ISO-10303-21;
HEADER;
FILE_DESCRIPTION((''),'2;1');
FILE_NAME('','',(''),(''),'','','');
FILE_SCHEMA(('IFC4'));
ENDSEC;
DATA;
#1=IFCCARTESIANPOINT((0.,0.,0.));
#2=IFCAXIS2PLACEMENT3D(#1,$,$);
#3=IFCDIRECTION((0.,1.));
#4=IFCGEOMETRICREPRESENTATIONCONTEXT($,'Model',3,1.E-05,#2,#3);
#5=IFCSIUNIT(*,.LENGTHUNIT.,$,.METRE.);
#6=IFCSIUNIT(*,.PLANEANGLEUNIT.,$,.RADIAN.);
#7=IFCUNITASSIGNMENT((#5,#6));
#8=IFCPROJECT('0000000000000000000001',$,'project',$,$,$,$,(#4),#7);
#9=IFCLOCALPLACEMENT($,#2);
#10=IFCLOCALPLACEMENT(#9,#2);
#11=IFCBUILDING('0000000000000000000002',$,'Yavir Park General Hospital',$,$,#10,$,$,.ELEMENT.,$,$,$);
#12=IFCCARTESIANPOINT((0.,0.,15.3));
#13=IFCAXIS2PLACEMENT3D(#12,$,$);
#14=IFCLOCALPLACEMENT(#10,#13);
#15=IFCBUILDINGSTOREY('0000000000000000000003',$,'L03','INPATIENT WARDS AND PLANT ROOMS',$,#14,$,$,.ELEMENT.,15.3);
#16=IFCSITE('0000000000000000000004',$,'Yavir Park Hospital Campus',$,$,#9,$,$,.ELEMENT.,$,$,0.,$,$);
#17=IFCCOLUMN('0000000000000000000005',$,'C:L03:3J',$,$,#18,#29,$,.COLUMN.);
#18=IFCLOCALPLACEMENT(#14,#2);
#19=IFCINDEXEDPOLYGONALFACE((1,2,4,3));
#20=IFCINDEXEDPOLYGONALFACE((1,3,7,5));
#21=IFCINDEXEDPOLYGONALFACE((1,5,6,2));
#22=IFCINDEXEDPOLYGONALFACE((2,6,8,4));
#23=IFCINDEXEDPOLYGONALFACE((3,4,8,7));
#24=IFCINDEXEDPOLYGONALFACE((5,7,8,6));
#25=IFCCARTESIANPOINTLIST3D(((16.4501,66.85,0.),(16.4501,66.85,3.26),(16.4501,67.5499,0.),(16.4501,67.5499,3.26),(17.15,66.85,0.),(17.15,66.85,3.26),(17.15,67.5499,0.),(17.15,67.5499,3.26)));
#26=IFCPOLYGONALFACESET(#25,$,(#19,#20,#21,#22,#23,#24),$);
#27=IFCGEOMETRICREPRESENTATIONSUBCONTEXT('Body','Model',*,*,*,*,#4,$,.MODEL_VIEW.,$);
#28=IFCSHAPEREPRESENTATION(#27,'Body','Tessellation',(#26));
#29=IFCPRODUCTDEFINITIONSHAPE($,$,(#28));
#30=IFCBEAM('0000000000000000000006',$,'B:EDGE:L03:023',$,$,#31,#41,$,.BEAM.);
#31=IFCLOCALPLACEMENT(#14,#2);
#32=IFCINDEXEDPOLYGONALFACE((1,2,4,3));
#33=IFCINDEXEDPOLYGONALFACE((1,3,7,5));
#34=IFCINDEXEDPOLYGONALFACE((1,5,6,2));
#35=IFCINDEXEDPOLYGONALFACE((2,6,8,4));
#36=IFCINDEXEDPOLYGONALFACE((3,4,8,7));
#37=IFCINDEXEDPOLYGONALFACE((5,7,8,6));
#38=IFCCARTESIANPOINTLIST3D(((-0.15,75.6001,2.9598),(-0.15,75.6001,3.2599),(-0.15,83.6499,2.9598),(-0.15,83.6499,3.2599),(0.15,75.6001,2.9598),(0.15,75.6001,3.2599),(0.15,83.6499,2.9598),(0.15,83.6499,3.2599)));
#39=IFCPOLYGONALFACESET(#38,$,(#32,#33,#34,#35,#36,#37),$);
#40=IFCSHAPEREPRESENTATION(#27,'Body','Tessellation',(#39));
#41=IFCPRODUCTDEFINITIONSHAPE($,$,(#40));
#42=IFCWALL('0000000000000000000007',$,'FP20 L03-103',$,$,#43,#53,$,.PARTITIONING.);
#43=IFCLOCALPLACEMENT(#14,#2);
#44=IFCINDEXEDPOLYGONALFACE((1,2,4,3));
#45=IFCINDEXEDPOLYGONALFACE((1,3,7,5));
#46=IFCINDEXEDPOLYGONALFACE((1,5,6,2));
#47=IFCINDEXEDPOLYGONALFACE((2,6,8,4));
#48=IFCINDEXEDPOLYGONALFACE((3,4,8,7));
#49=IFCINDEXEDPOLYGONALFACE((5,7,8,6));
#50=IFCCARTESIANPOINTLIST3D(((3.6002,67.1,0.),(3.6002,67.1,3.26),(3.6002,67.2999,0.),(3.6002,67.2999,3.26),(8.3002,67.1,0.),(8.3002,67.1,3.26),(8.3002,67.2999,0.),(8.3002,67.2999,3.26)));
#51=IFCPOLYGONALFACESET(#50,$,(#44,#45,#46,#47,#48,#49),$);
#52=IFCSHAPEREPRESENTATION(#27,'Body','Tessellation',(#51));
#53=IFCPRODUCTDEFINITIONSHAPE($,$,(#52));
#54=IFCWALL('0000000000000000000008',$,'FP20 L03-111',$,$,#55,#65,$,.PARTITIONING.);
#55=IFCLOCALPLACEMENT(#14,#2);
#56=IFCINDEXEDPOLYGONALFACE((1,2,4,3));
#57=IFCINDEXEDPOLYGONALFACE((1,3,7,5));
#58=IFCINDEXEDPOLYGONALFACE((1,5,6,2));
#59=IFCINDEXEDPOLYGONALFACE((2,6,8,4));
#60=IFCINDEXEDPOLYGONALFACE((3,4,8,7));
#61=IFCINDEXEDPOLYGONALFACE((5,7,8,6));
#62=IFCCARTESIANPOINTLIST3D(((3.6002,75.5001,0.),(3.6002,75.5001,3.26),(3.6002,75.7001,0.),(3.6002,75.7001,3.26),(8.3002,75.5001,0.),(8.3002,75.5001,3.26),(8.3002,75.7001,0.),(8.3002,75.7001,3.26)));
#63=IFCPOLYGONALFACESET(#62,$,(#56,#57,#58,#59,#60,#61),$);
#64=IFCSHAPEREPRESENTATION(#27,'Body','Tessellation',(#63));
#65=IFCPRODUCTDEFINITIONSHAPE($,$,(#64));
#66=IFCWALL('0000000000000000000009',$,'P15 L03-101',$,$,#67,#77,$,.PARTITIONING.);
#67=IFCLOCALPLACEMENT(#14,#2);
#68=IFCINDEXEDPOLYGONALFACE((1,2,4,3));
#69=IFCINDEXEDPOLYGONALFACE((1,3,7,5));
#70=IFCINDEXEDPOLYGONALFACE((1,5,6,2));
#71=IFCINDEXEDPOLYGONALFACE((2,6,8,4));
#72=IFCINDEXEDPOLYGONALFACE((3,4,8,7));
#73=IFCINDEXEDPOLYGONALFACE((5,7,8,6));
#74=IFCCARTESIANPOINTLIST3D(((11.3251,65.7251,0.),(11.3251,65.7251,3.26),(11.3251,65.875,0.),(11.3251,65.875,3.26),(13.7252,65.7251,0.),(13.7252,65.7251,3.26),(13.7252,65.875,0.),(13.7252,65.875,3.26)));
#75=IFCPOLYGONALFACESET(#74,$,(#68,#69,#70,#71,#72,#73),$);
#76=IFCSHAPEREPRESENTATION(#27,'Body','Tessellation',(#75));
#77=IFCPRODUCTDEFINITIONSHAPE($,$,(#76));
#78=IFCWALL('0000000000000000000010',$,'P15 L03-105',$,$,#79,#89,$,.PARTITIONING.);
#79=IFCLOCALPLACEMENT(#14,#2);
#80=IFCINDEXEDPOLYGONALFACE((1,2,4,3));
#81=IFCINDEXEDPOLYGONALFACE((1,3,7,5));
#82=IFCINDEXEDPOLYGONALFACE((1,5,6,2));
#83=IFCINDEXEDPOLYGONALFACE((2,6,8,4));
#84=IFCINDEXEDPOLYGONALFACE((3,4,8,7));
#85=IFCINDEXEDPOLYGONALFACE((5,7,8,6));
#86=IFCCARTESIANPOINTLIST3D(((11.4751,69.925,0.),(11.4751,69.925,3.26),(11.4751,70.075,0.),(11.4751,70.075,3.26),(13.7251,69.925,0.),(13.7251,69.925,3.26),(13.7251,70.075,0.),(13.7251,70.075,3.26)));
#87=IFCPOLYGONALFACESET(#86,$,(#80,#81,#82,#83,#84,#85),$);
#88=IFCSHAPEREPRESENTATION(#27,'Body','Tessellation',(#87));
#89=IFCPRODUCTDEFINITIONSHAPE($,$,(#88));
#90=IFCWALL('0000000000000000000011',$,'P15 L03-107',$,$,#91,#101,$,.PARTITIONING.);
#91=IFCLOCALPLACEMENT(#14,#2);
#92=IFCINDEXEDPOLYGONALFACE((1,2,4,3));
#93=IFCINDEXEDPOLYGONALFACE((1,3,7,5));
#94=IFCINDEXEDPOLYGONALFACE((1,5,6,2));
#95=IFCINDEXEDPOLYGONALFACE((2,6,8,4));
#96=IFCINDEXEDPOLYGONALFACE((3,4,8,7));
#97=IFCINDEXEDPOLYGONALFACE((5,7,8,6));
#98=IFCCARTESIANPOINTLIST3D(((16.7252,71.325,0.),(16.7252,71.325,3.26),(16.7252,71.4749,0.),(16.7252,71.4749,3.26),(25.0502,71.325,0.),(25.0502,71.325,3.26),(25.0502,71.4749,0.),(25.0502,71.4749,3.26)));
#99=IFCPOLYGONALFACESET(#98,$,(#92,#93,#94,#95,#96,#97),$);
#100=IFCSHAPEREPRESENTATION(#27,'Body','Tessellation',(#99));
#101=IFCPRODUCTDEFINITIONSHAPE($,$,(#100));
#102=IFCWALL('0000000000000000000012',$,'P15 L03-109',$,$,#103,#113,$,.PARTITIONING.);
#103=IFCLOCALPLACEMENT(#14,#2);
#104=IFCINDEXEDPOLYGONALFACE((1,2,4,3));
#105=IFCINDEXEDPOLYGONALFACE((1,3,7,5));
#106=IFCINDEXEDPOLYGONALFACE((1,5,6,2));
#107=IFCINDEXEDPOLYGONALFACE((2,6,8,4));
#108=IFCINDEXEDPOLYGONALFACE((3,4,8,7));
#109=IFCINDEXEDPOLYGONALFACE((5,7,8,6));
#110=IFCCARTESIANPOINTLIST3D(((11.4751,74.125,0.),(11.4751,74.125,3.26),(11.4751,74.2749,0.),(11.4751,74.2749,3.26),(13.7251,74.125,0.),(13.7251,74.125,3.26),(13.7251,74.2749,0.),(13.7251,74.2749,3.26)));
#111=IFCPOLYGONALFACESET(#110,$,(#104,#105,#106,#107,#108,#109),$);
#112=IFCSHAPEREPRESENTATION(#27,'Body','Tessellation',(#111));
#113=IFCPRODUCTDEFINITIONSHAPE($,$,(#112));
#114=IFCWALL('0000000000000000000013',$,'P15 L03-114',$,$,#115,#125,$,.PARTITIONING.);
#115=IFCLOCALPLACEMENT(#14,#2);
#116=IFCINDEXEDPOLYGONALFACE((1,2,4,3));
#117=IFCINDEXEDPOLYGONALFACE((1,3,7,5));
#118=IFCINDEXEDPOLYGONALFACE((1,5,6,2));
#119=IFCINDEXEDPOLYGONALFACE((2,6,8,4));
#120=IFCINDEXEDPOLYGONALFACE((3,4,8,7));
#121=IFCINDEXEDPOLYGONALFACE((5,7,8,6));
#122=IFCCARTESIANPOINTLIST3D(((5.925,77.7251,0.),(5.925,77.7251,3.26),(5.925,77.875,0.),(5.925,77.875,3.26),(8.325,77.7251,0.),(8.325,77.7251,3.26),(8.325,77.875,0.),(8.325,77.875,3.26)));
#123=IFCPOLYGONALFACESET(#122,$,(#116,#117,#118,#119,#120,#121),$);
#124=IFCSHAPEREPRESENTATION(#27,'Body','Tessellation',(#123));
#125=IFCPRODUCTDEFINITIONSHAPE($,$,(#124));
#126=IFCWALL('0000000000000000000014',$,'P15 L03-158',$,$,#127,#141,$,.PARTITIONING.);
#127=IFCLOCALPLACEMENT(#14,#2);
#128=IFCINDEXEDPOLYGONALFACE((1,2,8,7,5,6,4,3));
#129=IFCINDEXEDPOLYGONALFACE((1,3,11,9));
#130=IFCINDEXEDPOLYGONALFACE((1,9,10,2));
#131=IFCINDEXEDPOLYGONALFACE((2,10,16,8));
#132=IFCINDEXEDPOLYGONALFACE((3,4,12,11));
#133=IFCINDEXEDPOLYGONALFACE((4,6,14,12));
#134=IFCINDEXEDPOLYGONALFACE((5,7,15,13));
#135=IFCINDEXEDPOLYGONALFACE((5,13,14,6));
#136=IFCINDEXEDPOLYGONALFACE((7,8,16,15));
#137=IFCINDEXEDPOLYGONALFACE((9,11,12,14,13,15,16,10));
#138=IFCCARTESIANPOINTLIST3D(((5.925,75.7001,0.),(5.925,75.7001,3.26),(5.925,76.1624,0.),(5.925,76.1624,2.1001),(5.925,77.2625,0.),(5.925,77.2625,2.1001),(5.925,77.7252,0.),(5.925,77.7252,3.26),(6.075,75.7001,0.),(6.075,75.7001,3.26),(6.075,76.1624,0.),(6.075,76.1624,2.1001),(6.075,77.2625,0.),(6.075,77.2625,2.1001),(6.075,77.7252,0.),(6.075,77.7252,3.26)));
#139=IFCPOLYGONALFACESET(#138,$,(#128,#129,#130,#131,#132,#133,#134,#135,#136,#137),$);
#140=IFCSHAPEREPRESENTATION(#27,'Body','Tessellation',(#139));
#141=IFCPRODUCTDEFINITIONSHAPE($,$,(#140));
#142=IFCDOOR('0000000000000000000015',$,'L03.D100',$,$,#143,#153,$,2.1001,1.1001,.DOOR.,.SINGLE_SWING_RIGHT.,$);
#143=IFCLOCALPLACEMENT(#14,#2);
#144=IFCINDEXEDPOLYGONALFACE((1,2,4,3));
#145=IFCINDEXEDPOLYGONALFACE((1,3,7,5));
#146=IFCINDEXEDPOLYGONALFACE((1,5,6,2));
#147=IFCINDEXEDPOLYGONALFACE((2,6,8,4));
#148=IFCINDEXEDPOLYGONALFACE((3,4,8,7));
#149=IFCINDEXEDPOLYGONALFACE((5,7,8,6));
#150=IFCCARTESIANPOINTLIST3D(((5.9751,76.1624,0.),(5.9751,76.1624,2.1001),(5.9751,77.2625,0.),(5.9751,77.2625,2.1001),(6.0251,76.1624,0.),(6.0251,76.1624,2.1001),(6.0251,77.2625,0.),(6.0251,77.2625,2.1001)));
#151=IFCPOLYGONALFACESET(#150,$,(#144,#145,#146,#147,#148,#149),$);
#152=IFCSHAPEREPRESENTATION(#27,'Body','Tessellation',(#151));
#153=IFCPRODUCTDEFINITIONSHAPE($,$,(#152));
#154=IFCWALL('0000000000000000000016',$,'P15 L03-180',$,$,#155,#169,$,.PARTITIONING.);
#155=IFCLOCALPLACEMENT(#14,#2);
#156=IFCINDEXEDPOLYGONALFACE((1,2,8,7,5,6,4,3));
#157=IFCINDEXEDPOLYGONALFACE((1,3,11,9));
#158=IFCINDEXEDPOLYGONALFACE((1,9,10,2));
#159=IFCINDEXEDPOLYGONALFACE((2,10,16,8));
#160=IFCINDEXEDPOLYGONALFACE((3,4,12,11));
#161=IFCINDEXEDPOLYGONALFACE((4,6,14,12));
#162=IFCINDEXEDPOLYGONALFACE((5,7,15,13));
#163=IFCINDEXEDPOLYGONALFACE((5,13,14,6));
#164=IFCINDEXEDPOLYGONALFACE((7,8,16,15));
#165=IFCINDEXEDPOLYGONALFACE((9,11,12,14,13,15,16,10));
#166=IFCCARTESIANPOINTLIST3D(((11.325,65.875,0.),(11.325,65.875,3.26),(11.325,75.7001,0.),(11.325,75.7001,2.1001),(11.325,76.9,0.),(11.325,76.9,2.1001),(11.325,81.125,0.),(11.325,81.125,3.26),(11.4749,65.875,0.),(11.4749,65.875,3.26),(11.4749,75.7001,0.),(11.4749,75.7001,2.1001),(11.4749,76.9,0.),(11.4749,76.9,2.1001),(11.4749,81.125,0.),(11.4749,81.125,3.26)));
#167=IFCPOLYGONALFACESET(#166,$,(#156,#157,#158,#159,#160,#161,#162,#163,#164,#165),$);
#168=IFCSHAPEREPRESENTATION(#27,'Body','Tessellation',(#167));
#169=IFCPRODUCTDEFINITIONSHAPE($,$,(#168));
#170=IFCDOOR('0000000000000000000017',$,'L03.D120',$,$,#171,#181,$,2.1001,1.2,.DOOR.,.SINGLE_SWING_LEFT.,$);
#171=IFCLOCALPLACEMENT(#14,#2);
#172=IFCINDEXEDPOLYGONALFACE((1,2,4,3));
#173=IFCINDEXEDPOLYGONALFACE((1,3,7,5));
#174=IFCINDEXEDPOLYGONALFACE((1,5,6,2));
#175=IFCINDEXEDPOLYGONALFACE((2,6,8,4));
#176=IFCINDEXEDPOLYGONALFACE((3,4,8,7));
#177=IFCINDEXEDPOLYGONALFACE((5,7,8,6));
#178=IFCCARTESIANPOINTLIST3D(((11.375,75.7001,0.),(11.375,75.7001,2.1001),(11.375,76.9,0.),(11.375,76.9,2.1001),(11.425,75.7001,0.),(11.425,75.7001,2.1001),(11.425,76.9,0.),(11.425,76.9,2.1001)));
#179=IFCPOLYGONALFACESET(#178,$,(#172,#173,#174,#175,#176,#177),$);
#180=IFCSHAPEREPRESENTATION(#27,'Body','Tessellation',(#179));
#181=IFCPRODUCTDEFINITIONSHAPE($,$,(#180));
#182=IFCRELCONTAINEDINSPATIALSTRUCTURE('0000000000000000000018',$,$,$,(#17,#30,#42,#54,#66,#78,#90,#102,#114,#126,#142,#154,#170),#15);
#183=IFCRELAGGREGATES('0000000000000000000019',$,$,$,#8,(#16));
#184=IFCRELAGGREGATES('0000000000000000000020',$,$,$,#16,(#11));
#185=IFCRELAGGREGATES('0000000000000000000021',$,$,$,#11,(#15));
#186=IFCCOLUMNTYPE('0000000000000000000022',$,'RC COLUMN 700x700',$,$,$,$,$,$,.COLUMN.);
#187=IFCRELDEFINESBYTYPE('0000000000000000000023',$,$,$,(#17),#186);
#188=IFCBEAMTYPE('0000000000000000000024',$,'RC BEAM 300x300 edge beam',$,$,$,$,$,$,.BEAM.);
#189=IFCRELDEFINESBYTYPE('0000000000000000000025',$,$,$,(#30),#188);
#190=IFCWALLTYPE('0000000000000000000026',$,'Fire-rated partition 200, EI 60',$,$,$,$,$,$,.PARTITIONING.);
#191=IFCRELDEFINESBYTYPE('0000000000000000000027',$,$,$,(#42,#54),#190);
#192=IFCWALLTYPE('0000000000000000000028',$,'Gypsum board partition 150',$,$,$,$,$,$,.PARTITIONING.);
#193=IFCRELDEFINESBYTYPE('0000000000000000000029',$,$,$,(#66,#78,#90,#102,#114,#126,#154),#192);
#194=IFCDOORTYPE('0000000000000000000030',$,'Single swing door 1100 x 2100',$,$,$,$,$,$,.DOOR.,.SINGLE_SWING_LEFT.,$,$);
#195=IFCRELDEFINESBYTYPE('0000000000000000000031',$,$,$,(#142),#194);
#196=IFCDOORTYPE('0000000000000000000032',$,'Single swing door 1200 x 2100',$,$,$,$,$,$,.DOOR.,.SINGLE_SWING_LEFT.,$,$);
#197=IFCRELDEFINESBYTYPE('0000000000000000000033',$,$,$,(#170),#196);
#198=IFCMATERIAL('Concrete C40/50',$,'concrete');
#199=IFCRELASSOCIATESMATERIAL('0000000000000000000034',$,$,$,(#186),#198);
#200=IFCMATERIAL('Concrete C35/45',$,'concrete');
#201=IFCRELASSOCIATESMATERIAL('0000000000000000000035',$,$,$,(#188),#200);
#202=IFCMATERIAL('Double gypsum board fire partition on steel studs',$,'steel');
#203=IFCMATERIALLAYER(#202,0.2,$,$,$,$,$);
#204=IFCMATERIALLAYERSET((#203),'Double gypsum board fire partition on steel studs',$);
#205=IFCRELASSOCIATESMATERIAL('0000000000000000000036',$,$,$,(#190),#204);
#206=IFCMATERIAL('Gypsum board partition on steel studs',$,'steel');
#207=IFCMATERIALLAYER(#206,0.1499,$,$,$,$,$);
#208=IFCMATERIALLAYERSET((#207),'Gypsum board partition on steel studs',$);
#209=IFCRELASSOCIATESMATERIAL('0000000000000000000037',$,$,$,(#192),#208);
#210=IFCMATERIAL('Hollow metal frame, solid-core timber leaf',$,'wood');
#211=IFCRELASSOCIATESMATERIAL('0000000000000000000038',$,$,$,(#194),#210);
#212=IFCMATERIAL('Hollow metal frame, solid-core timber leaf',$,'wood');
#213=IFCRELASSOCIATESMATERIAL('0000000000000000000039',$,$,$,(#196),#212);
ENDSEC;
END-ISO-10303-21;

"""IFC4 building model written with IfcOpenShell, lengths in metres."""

from ifc_helpers import new_model, si_unit, direction, frame, frame_2d, origin, origin_2d, place, context, subcontext, project, spatial, rectangle, extrude, material, layer, layer_set, material_profile, profile_set, type_object, element, fill, save


model = new_model("IFC4")

# Units and contexts
model_context = context("Model", 3, precision=1e-05, world=origin(), true_north=direction((0.0, 1.0)))
body_context = subcontext(model_context, "Body", "Model", "MODEL_VIEW")
ifc_project = project(units=[si_unit("LENGTHUNIT", "METRE"), si_unit("PLANEANGLEUNIT", "RADIAN")], contexts=[model_context])

# Site, building, storey
site_placement = place(None, origin())
site = spatial("IfcSite", under=ifc_project, at=site_placement, Name="Yavir Park Hospital Campus", CompositionType="ELEMENT", RefElevation=0.0)
building_placement = place(site_placement, origin())
building = spatial("IfcBuilding", under=site, at=building_placement, Name="Yavir Park General Hospital", CompositionType="ELEMENT")
storey_placement = place(building_placement, frame((0.0, 0.0, 15.3)))
storey = spatial("IfcBuildingStorey", under=building, at=storey_placement, Name="L03", Description="INPATIENT WARDS AND PLANT ROOMS", CompositionType="ELEMENT", Elevation=15.3)

# Column
ifc_material_1 = material(Name="Concrete C40/50", Category="concrete")
ifc_material_profile_1 = material_profile(ifc_material_1, rectangle(XDim=0.7, YDim=0.7, at=origin_2d()), Name="RC700x700")
ifc_profile_set_1 = profile_set([ifc_material_profile_1], Name="Concrete C40/50")
column_type = type_object("IfcColumnType", Name="RC COLUMN 700x700", PredefinedType="COLUMN", material=ifc_profile_set_1)
column_placement = place(storey_placement, frame((16.8, 67.2, 0.0), z_axis=(0.0, 0.0, 1.0), x_axis=(1.0, 0.0, 0.0)))
element("IfcColumn", 1, at=column_placement, inside=storey, type_object=column_type, Name="C:L03:3J", PredefinedType="COLUMN", context=body_context, shape_type="SweptSolid", body=[
    extrude(rectangle(XDim=0.7, YDim=0.7, at=origin_2d()), origin(), (0.0, 0.0, 1.0), 3.26),
])

# Beam
ifc_material_2 = material(Name="Concrete C35/45", Category="concrete")
ifc_material_profile_2 = material_profile(ifc_material_2, rectangle(XDim=0.3, YDim=0.3, at=origin_2d()), Name="RC300x300")
ifc_profile_set_2 = profile_set([ifc_material_profile_2], Name="Concrete C35/45")
beam_type = type_object("IfcBeamType", Name="RC BEAM 300x300 edge beam", PredefinedType="BEAM", material=ifc_profile_set_2)
beam_placement = place(storey_placement, frame((0.0, 75.6001, 3.1099), z_axis=(0.0, 1.0, 0.0), x_axis=(-1.0, 0.0, 0.0)))
element("IfcBeam", 2, at=beam_placement, inside=storey, type_object=beam_type, Name="B:EDGE:L03:023", PredefinedType="BEAM", context=body_context, shape_type="SweptSolid", body=[
    extrude(rectangle(XDim=0.3, YDim=0.3, at=origin_2d()), origin(), (0.0, 0.0, 1.0), 8.0498),
])

# Walls
ifc_material_3 = material(Name="Double gypsum board fire partition on steel studs", Category="steel")
ifc_layer_1 = layer(ifc_material_3, 0.2)
ifc_layer_set_1 = layer_set([ifc_layer_1], Name="Double gypsum board fire partition on steel studs")
wall_type_1 = type_object("IfcWallType", Name="Fire-rated partition 200, EI 60", PredefinedType="PARTITIONING", material=ifc_layer_set_1)
for number, where, z_axis, x_axis, name in (
    (3, (3.6001, 67.2, 0.0), (0.0, 0.0, 1.0), (1.0, 0.0, 0.0), "FP20 L03-103"),
    (4, (3.6001, 75.6001, 0.0), (0.0, 0.0, 1.0), (1.0, 0.0, 0.0), "FP20 L03-111"),
):
    element("IfcWall", number, at=place(storey_placement, frame(where, z_axis=z_axis, x_axis=x_axis)), inside=storey, type_object=wall_type_1, Name=name, PredefinedType="PARTITIONING", context=body_context, shape_type="SweptSolid", body=[
        extrude(rectangle(XDim=4.7, YDim=0.2, at=frame_2d((2.3501, 0.0))), origin(), (0.0, 0.0, 1.0), 3.26),
    ])

# Walls
ifc_material_4 = material(Name="Gypsum board partition on steel studs", Category="steel")
ifc_layer_2 = layer(ifc_material_4, 0.1499)
ifc_layer_set_2 = layer_set([ifc_layer_2], Name="Gypsum board partition on steel studs")
wall_type_2 = type_object("IfcWallType", Name="Gypsum board partition 150", PredefinedType="PARTITIONING", material=ifc_layer_set_2)
wall_1_placement = place(storey_placement, frame((11.325, 65.8, 0.0), z_axis=(0.0, 0.0, 1.0), x_axis=(1.0, 0.0, 0.0)))
element("IfcWall", 5, at=wall_1_placement, inside=storey, type_object=wall_type_2, Name="P15 L03-101", PredefinedType="PARTITIONING", context=body_context, shape_type="SweptSolid", body=[
    extrude(rectangle(XDim=2.4001, YDim=0.1499, at=frame_2d((1.2002, 0.0))), origin(), (0.0, 0.0, 1.0), 3.26),
])
wall_2_placement = place(storey_placement, frame((11.4751, 70.0, 0.0), z_axis=(0.0, 0.0, 1.0), x_axis=(1.0, 0.0, 0.0)))
element("IfcWall", 6, at=wall_2_placement, inside=storey, type_object=wall_type_2, Name="P15 L03-105", PredefinedType="PARTITIONING", context=body_context, shape_type="SweptSolid", body=[
    extrude(rectangle(XDim=2.25, YDim=0.1499, at=frame_2d((1.125, 0.0))), origin(), (0.0, 0.0, 1.0), 3.26),
])
wall_3_placement = place(storey_placement, frame((16.7251, 71.3999, 0.0), z_axis=(0.0, 0.0, 1.0), x_axis=(1.0, 0.0, 0.0)))
element("IfcWall", 7, at=wall_3_placement, inside=storey, type_object=wall_type_2, Name="P15 L03-107", PredefinedType="PARTITIONING", context=body_context, shape_type="SweptSolid", body=[
    extrude(rectangle(XDim=8.325, YDim=0.1499, at=frame_2d((4.1626, 0.0))), origin(), (0.0, 0.0, 1.0), 3.26),
])
wall_4_placement = place(storey_placement, frame((11.4751, 74.2, 0.0), z_axis=(0.0, 0.0, 1.0), x_axis=(1.0, 0.0, 0.0)))
element("IfcWall", 8, at=wall_4_placement, inside=storey, type_object=wall_type_2, Name="P15 L03-109", PredefinedType="PARTITIONING", context=body_context, shape_type="SweptSolid", body=[
    extrude(rectangle(XDim=2.25, YDim=0.1499, at=frame_2d((1.125, 0.0))), origin(), (0.0, 0.0, 1.0), 3.26),
])
wall_5_placement = place(storey_placement, frame((5.925, 77.8, 0.0), z_axis=(0.0, 0.0, 1.0), x_axis=(1.0, 0.0, 0.0)))
element("IfcWall", 9, at=wall_5_placement, inside=storey, type_object=wall_type_2, Name="P15 L03-114", PredefinedType="PARTITIONING", context=body_context, shape_type="SweptSolid", body=[
    extrude(rectangle(XDim=2.3999, YDim=0.1499, at=frame_2d((1.2, 0.0))), origin(), (0.0, 0.0, 1.0), 3.26),
])

# Walls, openings, doors
wall_6_placement = place(storey_placement, frame((6.0, 75.7, 0.0), z_axis=(0.0, 0.0, 1.0), x_axis=(0.0, 1.0, 0.0)))
wall_6 = element("IfcWall", 10, at=wall_6_placement, inside=storey, type_object=wall_type_2, Name="P15 L03-158", PredefinedType="PARTITIONING", context=body_context, shape_type="SweptSolid", body=[
    extrude(rectangle(XDim=2.0251, YDim=0.1499, at=frame_2d((1.0127, 0.0))), origin(), (0.0, 0.0, 1.0), 3.26),
])
opening_1_placement = place(wall_6_placement, frame((0.4624, 0.0, 0.0)))
opening_1 = element("IfcOpeningElement", 11, at=opening_1_placement, cuts=wall_6, PredefinedType="OPENING", context=body_context, shape_type="SweptSolid", body=[
    extrude(rectangle(XDim=1.1001, YDim=2.1001, at=frame_2d((0.55, 1.05))), frame((0.0, 0.085, 0.0), z_axis=(0.0, -1.0, 0.0), x_axis=(1.0, 0.0, 0.0)), (0.0, 0.0, 1.0), 0.1699),
])
ifc_material_5 = material(Name="Hollow metal frame, solid-core timber leaf", Category="wood")
door_type_1 = type_object("IfcDoorType", Name="Single swing door 1100 x 2100", OperationType="SINGLE_SWING_LEFT", PredefinedType="DOOR", material=ifc_material_5)
door_1_placement = place(opening_1_placement, origin())
door_1 = element("IfcDoor", 12, at=door_1_placement, inside=storey, type_object=door_type_1, Name="L03.D100", OperationType="SINGLE_SWING_RIGHT", OverallHeight=2.1001, OverallWidth=1.1001, PredefinedType="DOOR", context=body_context, shape_type="SweptSolid", body=[
    extrude(rectangle(XDim=1.1001, YDim=2.1001, at=frame_2d((0.55, 1.05))), frame((0.0, 0.0249, 0.0), z_axis=(0.0, -1.0, 0.0), x_axis=(1.0, 0.0, 0.0)), (0.0, 0.0, 1.0), 0.05),
])
fill(opening_1, door_1)
wall_7_placement = place(storey_placement, frame((11.3999, 65.875, 0.0), z_axis=(0.0, 0.0, 1.0), x_axis=(0.0, 1.0, 0.0)))
wall_7 = element("IfcWall", 13, at=wall_7_placement, inside=storey, type_object=wall_type_2, Name="P15 L03-180", PredefinedType="PARTITIONING", context=body_context, shape_type="SweptSolid", body=[
    extrude(rectangle(XDim=15.25, YDim=0.1499, at=frame_2d((7.625, 0.0))), origin(), (0.0, 0.0, 1.0), 3.26),
])
opening_2_placement = place(wall_7_placement, frame((9.825, 0.0, 0.0)))
opening_2 = element("IfcOpeningElement", 14, at=opening_2_placement, cuts=wall_7, PredefinedType="OPENING", context=body_context, shape_type="SweptSolid", body=[
    extrude(rectangle(XDim=1.2, YDim=2.1001, at=frame_2d((0.6001, 1.05))), frame((0.0, 0.085, 0.0), z_axis=(0.0, -1.0, 0.0), x_axis=(1.0, 0.0, 0.0)), (0.0, 0.0, 1.0), 0.1699),
])
ifc_material_6 = material(Name="Hollow metal frame, solid-core timber leaf", Category="wood")
door_type_2 = type_object("IfcDoorType", Name="Single swing door 1200 x 2100", OperationType="SINGLE_SWING_LEFT", PredefinedType="DOOR", material=ifc_material_6)
door_2_placement = place(opening_2_placement, origin())
door_2 = element("IfcDoor", 15, at=door_2_placement, inside=storey, type_object=door_type_2, Name="L03.D120", OperationType="SINGLE_SWING_LEFT", OverallHeight=2.1001, OverallWidth=1.2, PredefinedType="DOOR", context=body_context, shape_type="SweptSolid", body=[
    extrude(rectangle(XDim=1.2, YDim=2.1001, at=frame_2d((0.6001, 1.05))), frame((0.0, 0.0249, 0.0), z_axis=(0.0, -1.0, 0.0), x_axis=(1.0, 0.0, 0.0)), (0.0, 0.0, 1.0), 0.05),
])
fill(opening_2, door_2)

save(model, "model.ifc")
